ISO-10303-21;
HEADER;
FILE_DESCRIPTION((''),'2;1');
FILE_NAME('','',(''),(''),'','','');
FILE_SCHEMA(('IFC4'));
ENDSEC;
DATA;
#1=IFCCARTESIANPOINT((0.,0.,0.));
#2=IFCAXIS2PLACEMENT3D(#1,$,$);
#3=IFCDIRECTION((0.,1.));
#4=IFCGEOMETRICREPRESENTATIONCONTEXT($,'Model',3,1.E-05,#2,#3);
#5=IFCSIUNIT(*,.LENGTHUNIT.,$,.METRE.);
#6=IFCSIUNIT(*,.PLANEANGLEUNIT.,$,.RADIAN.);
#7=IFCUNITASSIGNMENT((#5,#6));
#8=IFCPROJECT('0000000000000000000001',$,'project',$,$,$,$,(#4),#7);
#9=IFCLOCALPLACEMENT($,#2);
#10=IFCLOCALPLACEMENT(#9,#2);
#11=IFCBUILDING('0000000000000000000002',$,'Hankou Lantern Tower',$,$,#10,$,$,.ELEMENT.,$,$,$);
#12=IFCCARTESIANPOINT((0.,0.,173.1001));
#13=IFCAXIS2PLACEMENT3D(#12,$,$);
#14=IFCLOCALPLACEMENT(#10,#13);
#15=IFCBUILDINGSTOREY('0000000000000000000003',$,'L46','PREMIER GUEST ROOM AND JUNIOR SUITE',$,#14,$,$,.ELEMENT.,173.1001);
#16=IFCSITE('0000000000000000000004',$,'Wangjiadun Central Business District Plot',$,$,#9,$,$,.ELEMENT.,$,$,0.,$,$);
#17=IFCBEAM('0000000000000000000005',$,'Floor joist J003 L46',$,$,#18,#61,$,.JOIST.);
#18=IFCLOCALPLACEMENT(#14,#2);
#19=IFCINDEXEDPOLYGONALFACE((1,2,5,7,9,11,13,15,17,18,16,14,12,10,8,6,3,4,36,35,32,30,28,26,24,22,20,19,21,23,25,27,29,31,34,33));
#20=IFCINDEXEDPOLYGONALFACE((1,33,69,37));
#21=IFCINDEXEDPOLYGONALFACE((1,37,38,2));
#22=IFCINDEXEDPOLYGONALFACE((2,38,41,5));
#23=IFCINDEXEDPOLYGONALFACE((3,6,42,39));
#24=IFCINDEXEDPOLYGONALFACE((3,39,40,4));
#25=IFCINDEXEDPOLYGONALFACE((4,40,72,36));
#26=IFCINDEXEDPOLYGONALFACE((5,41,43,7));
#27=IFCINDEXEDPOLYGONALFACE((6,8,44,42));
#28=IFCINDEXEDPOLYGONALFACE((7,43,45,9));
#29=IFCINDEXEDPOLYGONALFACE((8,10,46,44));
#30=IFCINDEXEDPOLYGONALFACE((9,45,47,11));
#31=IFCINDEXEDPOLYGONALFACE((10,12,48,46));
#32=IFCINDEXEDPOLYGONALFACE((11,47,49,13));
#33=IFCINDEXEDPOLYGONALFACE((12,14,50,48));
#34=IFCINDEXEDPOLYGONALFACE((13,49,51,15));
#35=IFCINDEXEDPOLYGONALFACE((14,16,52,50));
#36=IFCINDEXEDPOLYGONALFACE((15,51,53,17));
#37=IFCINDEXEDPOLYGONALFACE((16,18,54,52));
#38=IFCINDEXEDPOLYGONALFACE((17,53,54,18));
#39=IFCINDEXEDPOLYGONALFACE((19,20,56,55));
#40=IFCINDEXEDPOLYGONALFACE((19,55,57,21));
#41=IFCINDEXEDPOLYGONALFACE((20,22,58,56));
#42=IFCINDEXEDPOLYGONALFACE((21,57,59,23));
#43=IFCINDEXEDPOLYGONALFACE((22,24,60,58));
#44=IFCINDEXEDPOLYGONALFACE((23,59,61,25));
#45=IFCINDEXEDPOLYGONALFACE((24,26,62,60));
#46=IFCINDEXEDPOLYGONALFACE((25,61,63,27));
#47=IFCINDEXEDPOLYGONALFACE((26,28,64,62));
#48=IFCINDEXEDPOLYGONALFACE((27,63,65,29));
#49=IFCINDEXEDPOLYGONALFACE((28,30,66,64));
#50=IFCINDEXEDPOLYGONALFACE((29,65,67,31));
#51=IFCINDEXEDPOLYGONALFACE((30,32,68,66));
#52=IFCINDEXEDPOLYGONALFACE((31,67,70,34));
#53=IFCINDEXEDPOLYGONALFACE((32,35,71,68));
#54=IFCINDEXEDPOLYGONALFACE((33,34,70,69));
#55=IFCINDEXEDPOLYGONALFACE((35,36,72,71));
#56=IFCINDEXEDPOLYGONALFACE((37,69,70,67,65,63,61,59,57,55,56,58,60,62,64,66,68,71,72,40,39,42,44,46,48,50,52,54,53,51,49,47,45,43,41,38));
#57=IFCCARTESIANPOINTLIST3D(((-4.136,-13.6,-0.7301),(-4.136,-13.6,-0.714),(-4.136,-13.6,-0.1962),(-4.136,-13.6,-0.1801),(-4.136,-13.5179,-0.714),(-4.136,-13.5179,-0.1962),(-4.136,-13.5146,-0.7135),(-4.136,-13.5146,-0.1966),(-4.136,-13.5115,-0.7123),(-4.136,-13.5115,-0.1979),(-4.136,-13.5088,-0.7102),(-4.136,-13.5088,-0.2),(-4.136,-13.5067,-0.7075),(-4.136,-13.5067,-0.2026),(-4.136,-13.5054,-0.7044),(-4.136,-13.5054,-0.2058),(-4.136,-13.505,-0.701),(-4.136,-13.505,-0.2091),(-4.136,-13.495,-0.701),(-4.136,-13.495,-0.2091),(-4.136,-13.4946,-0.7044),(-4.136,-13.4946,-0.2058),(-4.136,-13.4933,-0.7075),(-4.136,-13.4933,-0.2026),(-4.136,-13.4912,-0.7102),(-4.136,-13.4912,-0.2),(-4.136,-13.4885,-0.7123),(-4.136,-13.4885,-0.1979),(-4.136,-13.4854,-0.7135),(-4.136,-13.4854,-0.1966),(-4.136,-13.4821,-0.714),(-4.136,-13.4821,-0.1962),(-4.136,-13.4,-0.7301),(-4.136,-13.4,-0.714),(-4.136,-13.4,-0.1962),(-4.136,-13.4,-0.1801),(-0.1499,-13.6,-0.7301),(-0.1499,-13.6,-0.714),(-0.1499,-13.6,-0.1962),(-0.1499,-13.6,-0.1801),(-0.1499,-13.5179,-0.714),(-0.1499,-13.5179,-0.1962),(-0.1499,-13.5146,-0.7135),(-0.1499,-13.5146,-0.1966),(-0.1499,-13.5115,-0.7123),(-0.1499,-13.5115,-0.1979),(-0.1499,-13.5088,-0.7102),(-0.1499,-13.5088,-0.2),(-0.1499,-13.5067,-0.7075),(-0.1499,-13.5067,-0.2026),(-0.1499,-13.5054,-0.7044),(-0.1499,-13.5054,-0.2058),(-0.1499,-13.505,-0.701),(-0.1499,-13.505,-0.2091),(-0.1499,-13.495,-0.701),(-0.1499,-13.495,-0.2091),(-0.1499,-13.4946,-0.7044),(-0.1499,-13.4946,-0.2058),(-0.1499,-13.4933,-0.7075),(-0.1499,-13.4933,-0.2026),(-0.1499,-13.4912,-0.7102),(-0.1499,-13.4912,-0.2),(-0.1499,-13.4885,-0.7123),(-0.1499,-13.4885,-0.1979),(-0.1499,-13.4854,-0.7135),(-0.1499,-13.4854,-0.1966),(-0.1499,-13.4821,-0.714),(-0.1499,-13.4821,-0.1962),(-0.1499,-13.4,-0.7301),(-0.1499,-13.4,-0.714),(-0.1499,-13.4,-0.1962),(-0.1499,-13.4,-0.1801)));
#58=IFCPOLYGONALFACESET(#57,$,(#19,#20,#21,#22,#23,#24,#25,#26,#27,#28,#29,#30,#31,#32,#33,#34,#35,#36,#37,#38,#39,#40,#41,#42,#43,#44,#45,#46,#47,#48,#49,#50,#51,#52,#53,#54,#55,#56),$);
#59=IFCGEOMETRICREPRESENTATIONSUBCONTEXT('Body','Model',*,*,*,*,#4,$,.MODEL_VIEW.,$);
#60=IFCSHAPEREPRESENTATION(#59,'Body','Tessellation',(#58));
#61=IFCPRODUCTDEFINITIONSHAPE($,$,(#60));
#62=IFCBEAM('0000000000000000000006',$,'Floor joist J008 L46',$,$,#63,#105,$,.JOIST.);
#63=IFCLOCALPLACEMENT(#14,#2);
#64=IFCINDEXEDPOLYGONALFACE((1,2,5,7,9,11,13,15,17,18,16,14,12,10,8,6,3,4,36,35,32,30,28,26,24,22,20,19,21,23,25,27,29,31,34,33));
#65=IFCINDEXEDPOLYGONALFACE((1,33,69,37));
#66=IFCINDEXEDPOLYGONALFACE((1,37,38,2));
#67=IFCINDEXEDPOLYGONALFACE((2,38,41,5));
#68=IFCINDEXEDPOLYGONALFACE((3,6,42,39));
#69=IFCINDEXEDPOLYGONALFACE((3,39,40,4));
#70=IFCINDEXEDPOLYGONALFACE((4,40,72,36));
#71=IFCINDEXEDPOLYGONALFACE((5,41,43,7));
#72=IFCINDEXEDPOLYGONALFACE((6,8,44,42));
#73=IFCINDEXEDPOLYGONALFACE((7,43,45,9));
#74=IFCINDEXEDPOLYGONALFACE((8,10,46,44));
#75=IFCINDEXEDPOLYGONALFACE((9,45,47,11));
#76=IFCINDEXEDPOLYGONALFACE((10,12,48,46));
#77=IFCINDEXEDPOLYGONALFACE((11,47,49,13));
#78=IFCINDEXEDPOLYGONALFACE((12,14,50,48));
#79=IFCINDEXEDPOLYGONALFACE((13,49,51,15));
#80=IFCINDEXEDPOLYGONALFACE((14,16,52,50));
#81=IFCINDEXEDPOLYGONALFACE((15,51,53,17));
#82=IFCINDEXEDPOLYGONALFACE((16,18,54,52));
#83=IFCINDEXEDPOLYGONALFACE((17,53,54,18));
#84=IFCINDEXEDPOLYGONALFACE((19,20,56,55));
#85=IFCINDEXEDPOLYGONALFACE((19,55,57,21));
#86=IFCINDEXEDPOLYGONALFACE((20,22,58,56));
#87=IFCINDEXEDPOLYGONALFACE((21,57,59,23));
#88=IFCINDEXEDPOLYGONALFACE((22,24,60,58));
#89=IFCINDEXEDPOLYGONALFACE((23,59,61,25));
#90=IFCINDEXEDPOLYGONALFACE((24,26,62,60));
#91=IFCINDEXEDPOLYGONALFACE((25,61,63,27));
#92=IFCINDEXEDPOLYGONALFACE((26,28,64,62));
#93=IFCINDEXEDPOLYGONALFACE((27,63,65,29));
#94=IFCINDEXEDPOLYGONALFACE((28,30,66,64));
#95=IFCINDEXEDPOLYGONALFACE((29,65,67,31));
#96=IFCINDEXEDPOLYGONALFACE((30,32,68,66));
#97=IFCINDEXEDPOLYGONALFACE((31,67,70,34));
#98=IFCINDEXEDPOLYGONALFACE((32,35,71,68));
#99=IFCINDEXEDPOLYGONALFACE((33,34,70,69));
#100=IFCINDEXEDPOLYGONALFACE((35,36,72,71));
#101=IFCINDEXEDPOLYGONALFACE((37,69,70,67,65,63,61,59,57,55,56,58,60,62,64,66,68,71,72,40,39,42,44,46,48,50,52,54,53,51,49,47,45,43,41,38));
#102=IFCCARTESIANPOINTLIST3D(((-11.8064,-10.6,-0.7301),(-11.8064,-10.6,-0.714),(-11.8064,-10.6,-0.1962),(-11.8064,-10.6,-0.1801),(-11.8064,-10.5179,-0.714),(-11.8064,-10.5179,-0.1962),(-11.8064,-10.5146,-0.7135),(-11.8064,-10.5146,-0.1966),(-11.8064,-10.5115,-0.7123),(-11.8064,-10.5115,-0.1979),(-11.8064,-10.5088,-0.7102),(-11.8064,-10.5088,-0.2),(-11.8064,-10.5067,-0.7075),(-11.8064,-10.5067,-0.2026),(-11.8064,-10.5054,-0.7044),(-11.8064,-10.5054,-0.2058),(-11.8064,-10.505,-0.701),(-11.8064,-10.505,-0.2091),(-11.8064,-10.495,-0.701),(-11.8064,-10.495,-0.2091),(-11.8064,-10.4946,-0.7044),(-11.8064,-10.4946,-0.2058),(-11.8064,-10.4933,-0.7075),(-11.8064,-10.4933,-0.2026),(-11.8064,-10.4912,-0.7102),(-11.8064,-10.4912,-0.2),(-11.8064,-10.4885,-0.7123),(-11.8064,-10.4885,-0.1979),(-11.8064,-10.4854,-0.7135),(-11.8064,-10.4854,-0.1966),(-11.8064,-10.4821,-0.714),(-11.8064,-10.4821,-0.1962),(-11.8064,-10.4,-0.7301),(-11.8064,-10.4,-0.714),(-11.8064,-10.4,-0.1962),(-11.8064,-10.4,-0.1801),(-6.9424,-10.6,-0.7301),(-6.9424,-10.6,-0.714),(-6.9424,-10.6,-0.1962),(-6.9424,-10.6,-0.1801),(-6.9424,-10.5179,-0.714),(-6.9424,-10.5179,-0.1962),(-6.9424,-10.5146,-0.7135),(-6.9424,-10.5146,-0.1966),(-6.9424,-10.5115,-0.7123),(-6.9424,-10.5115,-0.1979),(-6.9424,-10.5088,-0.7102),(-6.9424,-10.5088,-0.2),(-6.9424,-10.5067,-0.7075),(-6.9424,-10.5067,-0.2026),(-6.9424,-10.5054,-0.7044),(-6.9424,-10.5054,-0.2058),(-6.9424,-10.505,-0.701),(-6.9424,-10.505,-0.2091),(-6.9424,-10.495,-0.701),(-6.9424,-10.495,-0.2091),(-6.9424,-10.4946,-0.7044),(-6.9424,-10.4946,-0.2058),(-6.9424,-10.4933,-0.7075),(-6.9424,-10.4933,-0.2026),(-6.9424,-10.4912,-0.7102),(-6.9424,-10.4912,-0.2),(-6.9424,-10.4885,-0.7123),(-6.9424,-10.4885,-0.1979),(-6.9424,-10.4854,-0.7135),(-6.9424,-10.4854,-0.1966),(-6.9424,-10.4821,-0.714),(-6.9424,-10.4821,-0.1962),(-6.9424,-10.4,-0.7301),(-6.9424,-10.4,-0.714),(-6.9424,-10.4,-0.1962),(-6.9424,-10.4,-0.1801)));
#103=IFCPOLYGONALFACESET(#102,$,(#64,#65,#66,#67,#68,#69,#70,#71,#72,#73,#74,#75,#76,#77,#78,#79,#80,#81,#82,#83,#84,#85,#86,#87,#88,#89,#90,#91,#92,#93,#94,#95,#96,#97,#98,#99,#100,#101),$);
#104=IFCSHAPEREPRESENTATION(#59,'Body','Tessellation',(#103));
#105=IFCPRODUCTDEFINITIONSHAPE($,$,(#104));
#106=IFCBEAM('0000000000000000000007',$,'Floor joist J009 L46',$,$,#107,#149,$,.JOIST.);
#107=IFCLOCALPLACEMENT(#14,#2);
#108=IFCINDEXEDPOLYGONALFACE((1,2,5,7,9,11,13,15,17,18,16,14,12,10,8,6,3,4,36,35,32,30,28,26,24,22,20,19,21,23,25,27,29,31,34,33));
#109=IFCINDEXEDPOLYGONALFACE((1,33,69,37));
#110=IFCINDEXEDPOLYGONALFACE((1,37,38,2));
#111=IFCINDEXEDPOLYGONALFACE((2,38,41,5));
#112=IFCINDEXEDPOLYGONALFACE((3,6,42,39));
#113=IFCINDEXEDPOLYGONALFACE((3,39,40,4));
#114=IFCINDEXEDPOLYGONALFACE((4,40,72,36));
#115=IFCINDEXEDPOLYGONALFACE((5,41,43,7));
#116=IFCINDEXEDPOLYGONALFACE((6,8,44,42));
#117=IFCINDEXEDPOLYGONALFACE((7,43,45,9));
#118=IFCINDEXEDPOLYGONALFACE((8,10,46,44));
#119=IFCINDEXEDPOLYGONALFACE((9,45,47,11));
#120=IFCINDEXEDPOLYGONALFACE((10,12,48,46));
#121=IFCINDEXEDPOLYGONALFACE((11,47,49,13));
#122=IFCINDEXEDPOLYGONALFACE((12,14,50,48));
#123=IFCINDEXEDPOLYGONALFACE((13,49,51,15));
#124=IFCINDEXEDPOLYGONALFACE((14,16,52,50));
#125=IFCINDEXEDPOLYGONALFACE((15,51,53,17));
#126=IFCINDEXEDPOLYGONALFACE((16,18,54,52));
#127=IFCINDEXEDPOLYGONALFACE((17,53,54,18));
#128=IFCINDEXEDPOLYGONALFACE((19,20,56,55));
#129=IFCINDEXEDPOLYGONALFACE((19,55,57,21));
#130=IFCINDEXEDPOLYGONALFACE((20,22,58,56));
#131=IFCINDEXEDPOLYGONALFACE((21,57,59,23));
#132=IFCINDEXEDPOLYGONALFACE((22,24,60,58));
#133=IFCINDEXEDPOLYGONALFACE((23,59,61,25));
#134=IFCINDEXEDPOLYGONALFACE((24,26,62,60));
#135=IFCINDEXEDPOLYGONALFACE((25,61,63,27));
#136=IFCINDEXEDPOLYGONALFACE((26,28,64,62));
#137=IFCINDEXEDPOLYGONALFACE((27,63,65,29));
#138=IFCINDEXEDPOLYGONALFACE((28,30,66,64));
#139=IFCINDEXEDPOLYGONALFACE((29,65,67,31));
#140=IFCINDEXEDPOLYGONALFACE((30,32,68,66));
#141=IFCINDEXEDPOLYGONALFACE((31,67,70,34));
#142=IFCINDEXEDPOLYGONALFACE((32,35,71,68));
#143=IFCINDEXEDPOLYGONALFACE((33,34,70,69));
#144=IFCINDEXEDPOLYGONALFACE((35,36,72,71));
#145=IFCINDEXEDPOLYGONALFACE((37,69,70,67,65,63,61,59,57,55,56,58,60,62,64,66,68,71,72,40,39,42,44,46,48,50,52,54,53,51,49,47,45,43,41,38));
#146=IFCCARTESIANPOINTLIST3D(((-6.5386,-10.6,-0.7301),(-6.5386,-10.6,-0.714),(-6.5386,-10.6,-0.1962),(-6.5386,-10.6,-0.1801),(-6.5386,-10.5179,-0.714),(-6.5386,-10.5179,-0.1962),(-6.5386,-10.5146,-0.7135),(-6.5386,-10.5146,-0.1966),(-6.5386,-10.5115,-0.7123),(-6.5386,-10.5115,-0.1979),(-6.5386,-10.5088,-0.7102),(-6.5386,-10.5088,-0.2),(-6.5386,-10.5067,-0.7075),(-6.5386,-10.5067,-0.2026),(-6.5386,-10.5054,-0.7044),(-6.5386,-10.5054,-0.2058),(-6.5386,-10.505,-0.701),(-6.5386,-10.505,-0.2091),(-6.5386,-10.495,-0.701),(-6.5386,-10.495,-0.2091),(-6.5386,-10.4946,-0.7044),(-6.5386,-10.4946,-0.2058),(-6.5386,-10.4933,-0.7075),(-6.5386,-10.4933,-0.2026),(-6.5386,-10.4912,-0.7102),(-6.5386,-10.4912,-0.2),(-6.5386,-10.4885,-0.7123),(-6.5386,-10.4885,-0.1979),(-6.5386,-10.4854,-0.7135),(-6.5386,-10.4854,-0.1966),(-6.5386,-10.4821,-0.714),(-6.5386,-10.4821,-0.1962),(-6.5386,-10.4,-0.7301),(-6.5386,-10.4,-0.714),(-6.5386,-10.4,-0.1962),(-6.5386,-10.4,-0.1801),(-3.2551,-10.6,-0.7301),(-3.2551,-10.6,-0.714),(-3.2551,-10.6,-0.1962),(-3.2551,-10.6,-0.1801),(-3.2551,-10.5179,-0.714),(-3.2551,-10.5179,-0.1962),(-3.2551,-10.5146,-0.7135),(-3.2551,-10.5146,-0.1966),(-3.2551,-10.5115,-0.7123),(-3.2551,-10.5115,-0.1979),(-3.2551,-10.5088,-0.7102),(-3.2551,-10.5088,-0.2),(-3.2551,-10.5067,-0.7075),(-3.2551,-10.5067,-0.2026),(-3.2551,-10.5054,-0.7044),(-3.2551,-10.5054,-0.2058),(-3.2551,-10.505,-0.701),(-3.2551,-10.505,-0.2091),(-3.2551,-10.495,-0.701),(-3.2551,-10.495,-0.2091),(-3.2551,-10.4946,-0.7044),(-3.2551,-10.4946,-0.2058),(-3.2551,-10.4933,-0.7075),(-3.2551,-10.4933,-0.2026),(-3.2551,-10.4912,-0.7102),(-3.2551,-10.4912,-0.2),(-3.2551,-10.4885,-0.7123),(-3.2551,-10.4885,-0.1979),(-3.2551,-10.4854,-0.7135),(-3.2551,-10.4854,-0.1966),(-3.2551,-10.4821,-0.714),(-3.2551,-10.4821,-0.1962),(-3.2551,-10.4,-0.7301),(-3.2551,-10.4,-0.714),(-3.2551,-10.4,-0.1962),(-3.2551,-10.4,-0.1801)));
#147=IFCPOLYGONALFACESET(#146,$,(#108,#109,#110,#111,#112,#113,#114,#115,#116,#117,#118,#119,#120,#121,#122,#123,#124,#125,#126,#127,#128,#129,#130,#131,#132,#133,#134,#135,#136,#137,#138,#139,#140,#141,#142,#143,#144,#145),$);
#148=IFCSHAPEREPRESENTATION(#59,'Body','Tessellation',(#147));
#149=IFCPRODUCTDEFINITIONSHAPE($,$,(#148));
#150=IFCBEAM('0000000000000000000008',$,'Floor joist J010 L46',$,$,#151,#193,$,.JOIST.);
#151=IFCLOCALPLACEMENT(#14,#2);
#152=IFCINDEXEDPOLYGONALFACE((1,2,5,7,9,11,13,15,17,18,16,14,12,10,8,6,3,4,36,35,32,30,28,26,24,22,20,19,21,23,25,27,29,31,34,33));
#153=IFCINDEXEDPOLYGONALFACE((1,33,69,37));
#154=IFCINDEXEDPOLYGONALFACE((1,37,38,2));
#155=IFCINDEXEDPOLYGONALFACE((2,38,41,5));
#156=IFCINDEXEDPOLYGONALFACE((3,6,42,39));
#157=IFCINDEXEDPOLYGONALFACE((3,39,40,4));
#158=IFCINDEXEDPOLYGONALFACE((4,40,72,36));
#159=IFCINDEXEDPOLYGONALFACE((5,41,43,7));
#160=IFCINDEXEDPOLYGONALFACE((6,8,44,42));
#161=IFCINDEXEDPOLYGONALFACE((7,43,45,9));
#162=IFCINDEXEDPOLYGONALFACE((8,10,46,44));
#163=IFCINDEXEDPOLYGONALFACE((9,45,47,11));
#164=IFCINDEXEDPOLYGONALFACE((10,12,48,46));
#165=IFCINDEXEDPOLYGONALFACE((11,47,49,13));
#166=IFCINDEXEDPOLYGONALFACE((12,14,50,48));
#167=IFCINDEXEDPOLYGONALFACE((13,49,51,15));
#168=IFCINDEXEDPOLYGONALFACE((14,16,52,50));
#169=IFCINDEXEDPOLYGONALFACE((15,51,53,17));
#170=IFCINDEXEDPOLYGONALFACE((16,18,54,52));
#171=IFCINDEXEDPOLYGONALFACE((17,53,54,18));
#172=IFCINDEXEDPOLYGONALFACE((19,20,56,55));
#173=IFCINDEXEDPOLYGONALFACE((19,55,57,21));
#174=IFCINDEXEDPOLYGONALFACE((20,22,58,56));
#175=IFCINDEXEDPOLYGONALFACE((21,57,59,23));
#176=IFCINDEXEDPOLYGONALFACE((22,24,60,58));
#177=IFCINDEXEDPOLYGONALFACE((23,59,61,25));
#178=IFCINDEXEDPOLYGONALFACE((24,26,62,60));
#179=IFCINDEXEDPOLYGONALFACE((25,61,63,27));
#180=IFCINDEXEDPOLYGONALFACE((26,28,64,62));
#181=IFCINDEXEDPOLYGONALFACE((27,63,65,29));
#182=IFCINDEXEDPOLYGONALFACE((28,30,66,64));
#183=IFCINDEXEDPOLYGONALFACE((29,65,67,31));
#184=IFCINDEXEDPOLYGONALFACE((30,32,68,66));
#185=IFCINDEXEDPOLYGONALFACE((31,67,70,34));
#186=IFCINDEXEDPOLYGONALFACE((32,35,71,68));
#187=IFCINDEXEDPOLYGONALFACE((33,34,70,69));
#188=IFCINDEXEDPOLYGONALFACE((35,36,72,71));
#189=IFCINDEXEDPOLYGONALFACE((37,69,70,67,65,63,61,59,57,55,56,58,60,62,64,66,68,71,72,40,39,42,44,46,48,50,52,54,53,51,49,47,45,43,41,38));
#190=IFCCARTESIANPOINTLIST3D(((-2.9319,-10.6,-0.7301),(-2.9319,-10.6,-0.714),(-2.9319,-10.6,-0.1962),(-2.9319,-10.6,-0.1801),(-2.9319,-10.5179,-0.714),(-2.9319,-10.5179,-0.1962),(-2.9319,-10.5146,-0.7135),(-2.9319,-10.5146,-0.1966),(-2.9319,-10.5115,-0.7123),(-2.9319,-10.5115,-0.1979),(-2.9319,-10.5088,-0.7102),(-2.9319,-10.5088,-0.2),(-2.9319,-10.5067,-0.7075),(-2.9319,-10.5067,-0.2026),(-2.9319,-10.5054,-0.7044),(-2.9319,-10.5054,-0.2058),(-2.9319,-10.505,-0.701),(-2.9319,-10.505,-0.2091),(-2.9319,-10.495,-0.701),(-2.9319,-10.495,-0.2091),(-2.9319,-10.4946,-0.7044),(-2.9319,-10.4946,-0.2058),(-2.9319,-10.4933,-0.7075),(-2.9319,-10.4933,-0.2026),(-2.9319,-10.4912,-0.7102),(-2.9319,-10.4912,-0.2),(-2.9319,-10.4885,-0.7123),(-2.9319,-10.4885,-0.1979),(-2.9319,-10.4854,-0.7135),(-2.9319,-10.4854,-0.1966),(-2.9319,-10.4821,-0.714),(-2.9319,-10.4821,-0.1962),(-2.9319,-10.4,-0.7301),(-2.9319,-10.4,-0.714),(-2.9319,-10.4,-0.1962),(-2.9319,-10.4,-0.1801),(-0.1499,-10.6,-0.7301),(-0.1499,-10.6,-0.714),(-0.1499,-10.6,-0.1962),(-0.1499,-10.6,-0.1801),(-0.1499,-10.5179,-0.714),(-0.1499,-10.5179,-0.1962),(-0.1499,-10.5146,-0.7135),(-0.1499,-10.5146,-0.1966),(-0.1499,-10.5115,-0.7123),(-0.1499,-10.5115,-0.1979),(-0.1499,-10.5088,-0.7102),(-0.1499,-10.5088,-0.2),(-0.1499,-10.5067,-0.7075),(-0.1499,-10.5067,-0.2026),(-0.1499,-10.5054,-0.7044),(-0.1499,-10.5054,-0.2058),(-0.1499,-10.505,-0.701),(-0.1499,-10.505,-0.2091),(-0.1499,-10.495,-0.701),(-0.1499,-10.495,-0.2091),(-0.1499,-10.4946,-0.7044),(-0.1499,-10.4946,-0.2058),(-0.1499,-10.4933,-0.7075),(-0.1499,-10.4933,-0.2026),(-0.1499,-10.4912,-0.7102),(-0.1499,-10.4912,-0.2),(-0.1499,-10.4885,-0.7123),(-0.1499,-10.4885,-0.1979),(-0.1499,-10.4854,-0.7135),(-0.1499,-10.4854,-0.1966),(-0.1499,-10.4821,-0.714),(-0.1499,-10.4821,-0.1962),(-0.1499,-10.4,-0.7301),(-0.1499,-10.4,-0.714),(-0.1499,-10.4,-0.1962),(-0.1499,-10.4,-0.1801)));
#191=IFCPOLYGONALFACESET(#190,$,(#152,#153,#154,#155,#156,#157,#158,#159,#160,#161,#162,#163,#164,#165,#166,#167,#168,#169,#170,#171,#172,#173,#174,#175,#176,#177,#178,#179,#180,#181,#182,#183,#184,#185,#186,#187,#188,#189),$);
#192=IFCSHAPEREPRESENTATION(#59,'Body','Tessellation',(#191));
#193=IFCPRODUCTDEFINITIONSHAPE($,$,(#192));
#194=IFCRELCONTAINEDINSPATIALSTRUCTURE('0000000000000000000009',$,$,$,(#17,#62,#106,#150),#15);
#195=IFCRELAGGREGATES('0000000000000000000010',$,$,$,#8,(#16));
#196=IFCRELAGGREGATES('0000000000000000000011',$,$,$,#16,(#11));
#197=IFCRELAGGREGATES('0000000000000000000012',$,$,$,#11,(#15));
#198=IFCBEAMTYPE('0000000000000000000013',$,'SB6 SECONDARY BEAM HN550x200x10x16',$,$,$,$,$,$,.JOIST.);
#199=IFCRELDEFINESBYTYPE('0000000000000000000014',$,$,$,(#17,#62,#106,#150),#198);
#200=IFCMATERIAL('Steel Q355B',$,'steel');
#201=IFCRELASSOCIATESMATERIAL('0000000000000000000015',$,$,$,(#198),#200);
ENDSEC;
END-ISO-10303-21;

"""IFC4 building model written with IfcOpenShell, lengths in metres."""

from ifc_helpers import new_model, si_unit, direction, frame, origin, origin_2d, place, context, subcontext, project, spatial, i_section, extrude, material, material_profile, profile_set, type_object, element, save


model = new_model("IFC4")

# Units and contexts
model_context = context("Model", 3, precision=1e-05, world=origin(), true_north=direction((0.0, 1.0)))
body_context = subcontext(model_context, "Body", "Model", "MODEL_VIEW")
ifc_project = project(units=[si_unit("LENGTHUNIT", "METRE"), si_unit("PLANEANGLEUNIT", "RADIAN")], contexts=[model_context])

# Site, building, storey
site_placement = place(None, origin())
site = spatial("IfcSite", under=ifc_project, at=site_placement, Name="Wangjiadun Central Business District Plot", CompositionType="ELEMENT", RefElevation=0.0)
building_placement = place(site_placement, origin())
building = spatial("IfcBuilding", under=site, at=building_placement, Name="Hankou Lantern Tower", CompositionType="ELEMENT")
storey_placement = place(building_placement, frame((0.0, 0.0, 173.1001)))
storey = spatial("IfcBuildingStorey", under=building, at=storey_placement, Name="L46", Description="PREMIER GUEST ROOM AND JUNIOR SUITE", CompositionType="ELEMENT", Elevation=173.1001)

# Beams
ifc_material_1 = material(Name="Steel Q355B", Category="steel")
ifc_material_profile_1 = material_profile(ifc_material_1, i_section(OverallWidth=0.2, OverallDepth=0.55, WebThickness=0.01, FlangeThickness=0.0161, FilletRadius=0.0129, at=origin_2d()), Name="HN550x200x10x16")
ifc_profile_set_1 = profile_set([ifc_material_profile_1], Name="Steel Q355B")
beam_type_1 = type_object("IfcBeamType", Name="SB6 SECONDARY BEAM HN550x200x10x16", PredefinedType="JOIST", material=ifc_profile_set_1)
beam_1_placement = place(storey_placement, frame((-4.136, -13.5, -0.4551), z_axis=(1.0, 0.0, 0.0), x_axis=(0.0, 1.0, 0.0)))
element("IfcBeam", 1, at=beam_1_placement, inside=storey, type_object=beam_type_1, Name="Floor joist J003 L46", PredefinedType="JOIST", context=body_context, shape_type="SweptSolid", body=[
    extrude(i_section(OverallWidth=0.2, OverallDepth=0.55, WebThickness=0.01, FlangeThickness=0.0161, FilletRadius=0.0129, at=origin_2d()), origin(), (0.0, 0.0, 1.0), 3.9861),
])
beam_2_placement = place(storey_placement, frame((-11.8064, -10.5, -0.4551), z_axis=(1.0, 0.0, 0.0), x_axis=(0.0, 1.0, 0.0)))
element("IfcBeam", 2, at=beam_2_placement, inside=storey, type_object=beam_type_1, Name="Floor joist J008 L46", PredefinedType="JOIST", context=body_context, shape_type="SweptSolid", body=[
    extrude(i_section(OverallWidth=0.2, OverallDepth=0.55, WebThickness=0.01, FlangeThickness=0.0161, FilletRadius=0.0129, at=origin_2d()), origin(), (0.0, 0.0, 1.0), 4.864),
])
beam_3_placement = place(storey_placement, frame((-6.5386, -10.5, -0.4551), z_axis=(1.0, 0.0, 0.0), x_axis=(0.0, 1.0, 0.0)))
element("IfcBeam", 3, at=beam_3_placement, inside=storey, type_object=beam_type_1, Name="Floor joist J009 L46", PredefinedType="JOIST", context=body_context, shape_type="SweptSolid", body=[
    extrude(i_section(OverallWidth=0.2, OverallDepth=0.55, WebThickness=0.01, FlangeThickness=0.0161, FilletRadius=0.0129, at=origin_2d()), origin(), (0.0, 0.0, 1.0), 3.2834),
])
beam_4_placement = place(storey_placement, frame((-2.9319, -10.5, -0.4551), z_axis=(1.0, 0.0, 0.0), x_axis=(0.0, 1.0, 0.0)))
element("IfcBeam", 4, at=beam_4_placement, inside=storey, type_object=beam_type_1, Name="Floor joist J010 L46", PredefinedType="JOIST", context=body_context, shape_type="SweptSolid", body=[
    extrude(i_section(OverallWidth=0.2, OverallDepth=0.55, WebThickness=0.01, FlangeThickness=0.0161, FilletRadius=0.0129, at=origin_2d()), origin(), (0.0, 0.0, 1.0), 2.782),
])

save(model, "model.ifc")
